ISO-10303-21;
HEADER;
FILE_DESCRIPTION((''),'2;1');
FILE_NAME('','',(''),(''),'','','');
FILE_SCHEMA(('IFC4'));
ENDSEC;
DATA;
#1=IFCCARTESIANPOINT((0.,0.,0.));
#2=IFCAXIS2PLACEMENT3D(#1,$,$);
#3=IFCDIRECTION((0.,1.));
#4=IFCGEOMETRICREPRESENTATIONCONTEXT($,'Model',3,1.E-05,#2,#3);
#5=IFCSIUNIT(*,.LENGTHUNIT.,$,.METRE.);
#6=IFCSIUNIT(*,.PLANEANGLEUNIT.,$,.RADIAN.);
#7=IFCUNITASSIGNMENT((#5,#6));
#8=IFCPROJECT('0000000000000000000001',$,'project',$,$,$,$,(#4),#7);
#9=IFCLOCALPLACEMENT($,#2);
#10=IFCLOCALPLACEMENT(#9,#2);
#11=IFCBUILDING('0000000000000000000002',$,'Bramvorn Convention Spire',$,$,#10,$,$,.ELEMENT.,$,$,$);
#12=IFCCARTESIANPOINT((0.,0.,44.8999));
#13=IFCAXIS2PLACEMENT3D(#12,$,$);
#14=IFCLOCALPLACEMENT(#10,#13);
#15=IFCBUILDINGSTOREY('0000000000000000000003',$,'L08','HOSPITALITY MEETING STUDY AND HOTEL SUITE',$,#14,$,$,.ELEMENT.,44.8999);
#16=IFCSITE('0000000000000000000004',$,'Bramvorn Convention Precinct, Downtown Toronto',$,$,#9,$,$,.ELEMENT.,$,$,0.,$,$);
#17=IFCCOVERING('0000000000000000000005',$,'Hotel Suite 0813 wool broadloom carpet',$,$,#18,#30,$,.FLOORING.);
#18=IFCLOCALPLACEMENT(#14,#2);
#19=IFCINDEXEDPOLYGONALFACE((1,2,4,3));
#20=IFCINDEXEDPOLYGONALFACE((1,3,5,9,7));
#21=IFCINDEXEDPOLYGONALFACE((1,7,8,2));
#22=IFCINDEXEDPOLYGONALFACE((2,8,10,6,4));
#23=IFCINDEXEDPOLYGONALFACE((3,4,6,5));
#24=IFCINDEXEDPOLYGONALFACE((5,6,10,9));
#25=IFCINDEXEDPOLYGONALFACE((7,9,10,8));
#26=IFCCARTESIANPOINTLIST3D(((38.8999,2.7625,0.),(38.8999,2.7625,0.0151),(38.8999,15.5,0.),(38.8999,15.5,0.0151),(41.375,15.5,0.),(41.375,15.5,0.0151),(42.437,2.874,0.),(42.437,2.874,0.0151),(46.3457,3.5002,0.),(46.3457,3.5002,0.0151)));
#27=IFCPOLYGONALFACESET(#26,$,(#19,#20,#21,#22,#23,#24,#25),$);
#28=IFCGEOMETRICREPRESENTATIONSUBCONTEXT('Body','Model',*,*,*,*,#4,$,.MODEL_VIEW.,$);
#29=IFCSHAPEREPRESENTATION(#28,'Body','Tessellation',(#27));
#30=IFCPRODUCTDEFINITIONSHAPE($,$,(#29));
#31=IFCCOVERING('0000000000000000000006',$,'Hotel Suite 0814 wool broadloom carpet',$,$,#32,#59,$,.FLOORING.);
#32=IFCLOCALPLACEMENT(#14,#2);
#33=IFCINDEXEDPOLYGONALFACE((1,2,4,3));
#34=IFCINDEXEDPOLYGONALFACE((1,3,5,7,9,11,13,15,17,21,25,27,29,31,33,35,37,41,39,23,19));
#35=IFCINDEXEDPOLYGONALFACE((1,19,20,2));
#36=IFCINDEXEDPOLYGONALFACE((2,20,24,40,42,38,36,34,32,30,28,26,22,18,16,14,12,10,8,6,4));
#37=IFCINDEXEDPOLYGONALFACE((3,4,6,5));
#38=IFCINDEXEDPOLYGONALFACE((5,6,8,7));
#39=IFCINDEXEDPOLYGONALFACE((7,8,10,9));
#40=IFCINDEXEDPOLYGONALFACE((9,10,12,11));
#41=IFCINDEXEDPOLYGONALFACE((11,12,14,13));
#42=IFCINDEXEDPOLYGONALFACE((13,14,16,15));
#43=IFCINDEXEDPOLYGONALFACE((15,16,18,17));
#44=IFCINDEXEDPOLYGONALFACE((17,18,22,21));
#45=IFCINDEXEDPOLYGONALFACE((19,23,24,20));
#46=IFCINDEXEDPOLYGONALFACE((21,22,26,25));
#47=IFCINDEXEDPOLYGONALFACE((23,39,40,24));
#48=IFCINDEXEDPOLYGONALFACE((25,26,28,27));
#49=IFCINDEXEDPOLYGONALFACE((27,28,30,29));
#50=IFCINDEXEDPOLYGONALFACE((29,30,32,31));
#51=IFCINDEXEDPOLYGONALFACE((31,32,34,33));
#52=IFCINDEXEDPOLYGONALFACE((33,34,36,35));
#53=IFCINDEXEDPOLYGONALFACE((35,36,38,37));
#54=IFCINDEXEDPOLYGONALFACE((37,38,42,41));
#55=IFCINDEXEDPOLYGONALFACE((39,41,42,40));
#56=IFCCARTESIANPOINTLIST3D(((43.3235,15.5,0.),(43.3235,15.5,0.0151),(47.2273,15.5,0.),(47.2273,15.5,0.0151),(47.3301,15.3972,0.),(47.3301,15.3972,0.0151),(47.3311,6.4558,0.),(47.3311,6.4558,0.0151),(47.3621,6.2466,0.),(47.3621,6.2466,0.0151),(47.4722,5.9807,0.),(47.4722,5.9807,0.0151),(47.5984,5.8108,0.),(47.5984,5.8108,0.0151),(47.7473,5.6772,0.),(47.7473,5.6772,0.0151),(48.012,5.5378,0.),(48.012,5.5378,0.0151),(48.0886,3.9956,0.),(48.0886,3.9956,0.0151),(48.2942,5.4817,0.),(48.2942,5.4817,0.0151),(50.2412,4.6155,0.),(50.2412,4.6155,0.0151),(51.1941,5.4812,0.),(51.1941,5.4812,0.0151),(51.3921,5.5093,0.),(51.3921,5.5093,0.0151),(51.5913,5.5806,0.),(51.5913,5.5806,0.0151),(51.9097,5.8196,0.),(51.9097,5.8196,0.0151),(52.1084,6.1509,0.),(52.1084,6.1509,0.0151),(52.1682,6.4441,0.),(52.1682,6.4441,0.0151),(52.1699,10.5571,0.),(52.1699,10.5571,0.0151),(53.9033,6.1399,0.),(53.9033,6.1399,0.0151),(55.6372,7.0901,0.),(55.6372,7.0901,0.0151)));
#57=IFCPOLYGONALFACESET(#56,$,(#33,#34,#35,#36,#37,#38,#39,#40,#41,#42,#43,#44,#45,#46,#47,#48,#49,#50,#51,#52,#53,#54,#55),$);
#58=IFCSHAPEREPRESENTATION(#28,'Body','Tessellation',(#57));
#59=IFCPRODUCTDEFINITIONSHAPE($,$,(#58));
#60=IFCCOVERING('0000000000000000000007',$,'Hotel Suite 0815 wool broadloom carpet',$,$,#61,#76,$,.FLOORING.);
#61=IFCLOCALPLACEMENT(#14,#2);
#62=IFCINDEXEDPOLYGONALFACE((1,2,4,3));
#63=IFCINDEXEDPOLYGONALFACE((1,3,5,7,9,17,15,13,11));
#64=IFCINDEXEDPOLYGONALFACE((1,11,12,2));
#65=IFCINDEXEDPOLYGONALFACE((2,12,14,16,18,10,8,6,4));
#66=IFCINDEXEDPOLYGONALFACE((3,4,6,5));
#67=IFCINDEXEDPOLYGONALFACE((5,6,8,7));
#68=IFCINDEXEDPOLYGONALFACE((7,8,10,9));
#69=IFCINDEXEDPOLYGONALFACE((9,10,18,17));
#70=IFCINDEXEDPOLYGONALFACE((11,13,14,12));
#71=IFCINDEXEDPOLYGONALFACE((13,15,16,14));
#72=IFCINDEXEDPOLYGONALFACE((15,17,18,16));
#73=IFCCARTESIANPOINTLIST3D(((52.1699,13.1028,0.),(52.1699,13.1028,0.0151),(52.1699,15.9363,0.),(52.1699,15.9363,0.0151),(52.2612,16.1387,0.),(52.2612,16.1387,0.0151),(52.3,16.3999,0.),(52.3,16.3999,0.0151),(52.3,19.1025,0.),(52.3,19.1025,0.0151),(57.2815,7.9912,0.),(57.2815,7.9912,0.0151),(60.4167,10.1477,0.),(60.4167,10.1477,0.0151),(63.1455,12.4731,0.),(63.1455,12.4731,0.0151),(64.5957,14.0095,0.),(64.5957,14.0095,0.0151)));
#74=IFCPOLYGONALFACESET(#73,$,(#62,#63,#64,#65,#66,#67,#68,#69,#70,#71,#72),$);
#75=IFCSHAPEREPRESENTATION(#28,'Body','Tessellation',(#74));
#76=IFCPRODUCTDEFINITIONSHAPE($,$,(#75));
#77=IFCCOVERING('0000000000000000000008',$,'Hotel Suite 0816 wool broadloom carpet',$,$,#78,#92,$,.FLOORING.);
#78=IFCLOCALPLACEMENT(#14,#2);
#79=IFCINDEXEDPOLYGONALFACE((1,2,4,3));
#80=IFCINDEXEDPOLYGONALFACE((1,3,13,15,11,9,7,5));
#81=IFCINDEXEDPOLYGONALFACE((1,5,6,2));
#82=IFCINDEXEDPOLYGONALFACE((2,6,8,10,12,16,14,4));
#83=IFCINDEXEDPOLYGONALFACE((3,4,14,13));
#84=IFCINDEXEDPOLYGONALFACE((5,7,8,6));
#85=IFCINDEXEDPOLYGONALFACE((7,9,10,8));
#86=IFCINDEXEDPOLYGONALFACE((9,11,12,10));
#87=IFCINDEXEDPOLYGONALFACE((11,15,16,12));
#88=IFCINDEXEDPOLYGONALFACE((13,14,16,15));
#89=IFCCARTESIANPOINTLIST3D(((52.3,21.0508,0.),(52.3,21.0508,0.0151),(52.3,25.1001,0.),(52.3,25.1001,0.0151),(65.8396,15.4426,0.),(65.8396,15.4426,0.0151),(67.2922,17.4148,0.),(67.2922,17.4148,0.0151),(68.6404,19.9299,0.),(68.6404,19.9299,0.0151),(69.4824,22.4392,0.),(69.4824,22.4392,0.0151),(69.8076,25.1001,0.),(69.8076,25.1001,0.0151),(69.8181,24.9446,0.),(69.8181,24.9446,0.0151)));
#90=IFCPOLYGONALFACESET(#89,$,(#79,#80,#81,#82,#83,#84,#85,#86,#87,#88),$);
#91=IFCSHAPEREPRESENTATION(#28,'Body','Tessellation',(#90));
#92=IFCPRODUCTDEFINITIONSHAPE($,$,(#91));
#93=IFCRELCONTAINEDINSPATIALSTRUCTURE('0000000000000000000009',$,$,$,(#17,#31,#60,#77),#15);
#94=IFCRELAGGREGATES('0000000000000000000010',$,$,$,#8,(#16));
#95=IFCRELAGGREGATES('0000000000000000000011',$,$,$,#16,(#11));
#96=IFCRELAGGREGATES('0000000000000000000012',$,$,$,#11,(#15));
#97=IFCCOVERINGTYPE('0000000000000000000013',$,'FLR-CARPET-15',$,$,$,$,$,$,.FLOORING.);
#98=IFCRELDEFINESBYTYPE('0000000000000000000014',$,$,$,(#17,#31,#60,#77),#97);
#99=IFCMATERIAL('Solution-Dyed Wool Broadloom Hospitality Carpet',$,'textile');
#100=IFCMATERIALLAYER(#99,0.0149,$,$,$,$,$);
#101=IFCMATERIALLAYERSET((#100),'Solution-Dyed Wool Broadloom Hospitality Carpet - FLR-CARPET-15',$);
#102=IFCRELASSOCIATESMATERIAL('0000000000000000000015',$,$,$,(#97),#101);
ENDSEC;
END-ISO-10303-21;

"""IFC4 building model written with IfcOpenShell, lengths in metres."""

from ifc_helpers import new_model, si_unit, direction, frame, origin, place, context, subcontext, project, spatial, polyline, outline, extrude, material, layer, layer_set, type_object, element, save


model = new_model("IFC4")

# Units and contexts
model_context = context("Model", 3, precision=1e-05, world=origin(), true_north=direction((0.0, 1.0)))
body_context = subcontext(model_context, "Body", "Model", "MODEL_VIEW")
ifc_project = project(units=[si_unit("LENGTHUNIT", "METRE"), si_unit("PLANEANGLEUNIT", "RADIAN")], contexts=[model_context])

# Site, building, storey
site_placement = place(None, origin())
site = spatial("IfcSite", under=ifc_project, at=site_placement, Name="Bramvorn Convention Precinct, Downtown Toronto", CompositionType="ELEMENT", RefElevation=0.0)
building_placement = place(site_placement, origin())
building = spatial("IfcBuilding", under=site, at=building_placement, Name="Bramvorn Convention Spire", CompositionType="ELEMENT")
storey_placement = place(building_placement, frame((0.0, 0.0, 44.8999)))
storey = spatial("IfcBuildingStorey", under=building, at=storey_placement, Name="L08", Description="HOSPITALITY MEETING STUDY AND HOTEL SUITE", CompositionType="ELEMENT", Elevation=44.8999)

# Coverings
ifc_material_1 = material(Name="Solution-Dyed Wool Broadloom Hospitality Carpet", Category="textile")
ifc_layer_1 = layer(ifc_material_1, 0.0149)
ifc_layer_set_1 = layer_set([ifc_layer_1], Name="Solution-Dyed Wool Broadloom Hospitality Carpet - FLR-CARPET-15")
covering_type = type_object("IfcCoveringType", Name="FLR-CARPET-15", PredefinedType="FLOORING", material=ifc_layer_set_1)
covering_1_placement = place(storey_placement, origin())
element("IfcCovering", 1, at=covering_1_placement, inside=storey, type_object=covering_type, Name="Hotel Suite 0813 wool broadloom carpet", PredefinedType="FLOORING", context=body_context, shape_type="SweptSolid", body=[
    extrude(outline(polyline([(42.437, 2.874), (46.3457, 3.5002), (41.375, 15.5), (38.8999, 15.5), (38.8999, 2.7625), (42.437, 2.874)])), origin(), (0.0, 0.0, 1.0), 0.0151),
])
covering_2_placement = place(storey_placement, origin())
element("IfcCovering", 2, at=covering_2_placement, inside=storey, type_object=covering_type, Name="Hotel Suite 0814 wool broadloom carpet", PredefinedType="FLOORING", context=body_context, shape_type="SweptSolid", body=[
    extrude(outline(polyline([(53.9033, 6.1399), (55.6372, 7.0901), (52.1699, 10.5571), (52.1682, 6.4441), (52.1084, 6.1509), (51.9097, 5.8196), (51.5913, 5.5806), (51.3921, 5.5093), (51.1941, 5.4812), (48.2942, 5.4817), (48.012, 5.5378), (47.7473, 5.6772), (47.5984, 5.8108), (47.4722, 5.9807), (47.3621, 6.2466), (47.3311, 6.4558), (47.3301, 15.3972), (47.2273, 15.5), (43.3235, 15.5), (48.0886, 3.9956), (50.2412, 4.6155), (53.9033, 6.1399)])), origin(), (0.0, 0.0, 1.0), 0.0151),
])
covering_3_placement = place(storey_placement, origin())
element("IfcCovering", 3, at=covering_3_placement, inside=storey, type_object=covering_type, Name="Hotel Suite 0815 wool broadloom carpet", PredefinedType="FLOORING", context=body_context, shape_type="SweptSolid", body=[
    extrude(outline(polyline([(52.1699, 13.1028), (57.2815, 7.9912), (60.4167, 10.1477), (63.1455, 12.4731), (64.5957, 14.0095), (52.3, 19.1025), (52.3, 16.3999), (52.2612, 16.1387), (52.1699, 15.9363), (52.1699, 13.1028)])), origin(), (0.0, 0.0, 1.0), 0.0151),
])
covering_4_placement = place(storey_placement, origin())
element("IfcCovering", 4, at=covering_4_placement, inside=storey, type_object=covering_type, Name="Hotel Suite 0816 wool broadloom carpet", PredefinedType="FLOORING", context=body_context, shape_type="SweptSolid", body=[
    extrude(outline(polyline([(67.2922, 17.4148), (68.6404, 19.9299), (69.4824, 22.4392), (69.8181, 24.9446), (69.8076, 25.1001), (52.3, 25.1001), (52.3, 21.0508), (65.8396, 15.4426), (67.2922, 17.4148)])), origin(), (0.0, 0.0, 1.0), 0.0151),
])

save(model, "model.ifc")
